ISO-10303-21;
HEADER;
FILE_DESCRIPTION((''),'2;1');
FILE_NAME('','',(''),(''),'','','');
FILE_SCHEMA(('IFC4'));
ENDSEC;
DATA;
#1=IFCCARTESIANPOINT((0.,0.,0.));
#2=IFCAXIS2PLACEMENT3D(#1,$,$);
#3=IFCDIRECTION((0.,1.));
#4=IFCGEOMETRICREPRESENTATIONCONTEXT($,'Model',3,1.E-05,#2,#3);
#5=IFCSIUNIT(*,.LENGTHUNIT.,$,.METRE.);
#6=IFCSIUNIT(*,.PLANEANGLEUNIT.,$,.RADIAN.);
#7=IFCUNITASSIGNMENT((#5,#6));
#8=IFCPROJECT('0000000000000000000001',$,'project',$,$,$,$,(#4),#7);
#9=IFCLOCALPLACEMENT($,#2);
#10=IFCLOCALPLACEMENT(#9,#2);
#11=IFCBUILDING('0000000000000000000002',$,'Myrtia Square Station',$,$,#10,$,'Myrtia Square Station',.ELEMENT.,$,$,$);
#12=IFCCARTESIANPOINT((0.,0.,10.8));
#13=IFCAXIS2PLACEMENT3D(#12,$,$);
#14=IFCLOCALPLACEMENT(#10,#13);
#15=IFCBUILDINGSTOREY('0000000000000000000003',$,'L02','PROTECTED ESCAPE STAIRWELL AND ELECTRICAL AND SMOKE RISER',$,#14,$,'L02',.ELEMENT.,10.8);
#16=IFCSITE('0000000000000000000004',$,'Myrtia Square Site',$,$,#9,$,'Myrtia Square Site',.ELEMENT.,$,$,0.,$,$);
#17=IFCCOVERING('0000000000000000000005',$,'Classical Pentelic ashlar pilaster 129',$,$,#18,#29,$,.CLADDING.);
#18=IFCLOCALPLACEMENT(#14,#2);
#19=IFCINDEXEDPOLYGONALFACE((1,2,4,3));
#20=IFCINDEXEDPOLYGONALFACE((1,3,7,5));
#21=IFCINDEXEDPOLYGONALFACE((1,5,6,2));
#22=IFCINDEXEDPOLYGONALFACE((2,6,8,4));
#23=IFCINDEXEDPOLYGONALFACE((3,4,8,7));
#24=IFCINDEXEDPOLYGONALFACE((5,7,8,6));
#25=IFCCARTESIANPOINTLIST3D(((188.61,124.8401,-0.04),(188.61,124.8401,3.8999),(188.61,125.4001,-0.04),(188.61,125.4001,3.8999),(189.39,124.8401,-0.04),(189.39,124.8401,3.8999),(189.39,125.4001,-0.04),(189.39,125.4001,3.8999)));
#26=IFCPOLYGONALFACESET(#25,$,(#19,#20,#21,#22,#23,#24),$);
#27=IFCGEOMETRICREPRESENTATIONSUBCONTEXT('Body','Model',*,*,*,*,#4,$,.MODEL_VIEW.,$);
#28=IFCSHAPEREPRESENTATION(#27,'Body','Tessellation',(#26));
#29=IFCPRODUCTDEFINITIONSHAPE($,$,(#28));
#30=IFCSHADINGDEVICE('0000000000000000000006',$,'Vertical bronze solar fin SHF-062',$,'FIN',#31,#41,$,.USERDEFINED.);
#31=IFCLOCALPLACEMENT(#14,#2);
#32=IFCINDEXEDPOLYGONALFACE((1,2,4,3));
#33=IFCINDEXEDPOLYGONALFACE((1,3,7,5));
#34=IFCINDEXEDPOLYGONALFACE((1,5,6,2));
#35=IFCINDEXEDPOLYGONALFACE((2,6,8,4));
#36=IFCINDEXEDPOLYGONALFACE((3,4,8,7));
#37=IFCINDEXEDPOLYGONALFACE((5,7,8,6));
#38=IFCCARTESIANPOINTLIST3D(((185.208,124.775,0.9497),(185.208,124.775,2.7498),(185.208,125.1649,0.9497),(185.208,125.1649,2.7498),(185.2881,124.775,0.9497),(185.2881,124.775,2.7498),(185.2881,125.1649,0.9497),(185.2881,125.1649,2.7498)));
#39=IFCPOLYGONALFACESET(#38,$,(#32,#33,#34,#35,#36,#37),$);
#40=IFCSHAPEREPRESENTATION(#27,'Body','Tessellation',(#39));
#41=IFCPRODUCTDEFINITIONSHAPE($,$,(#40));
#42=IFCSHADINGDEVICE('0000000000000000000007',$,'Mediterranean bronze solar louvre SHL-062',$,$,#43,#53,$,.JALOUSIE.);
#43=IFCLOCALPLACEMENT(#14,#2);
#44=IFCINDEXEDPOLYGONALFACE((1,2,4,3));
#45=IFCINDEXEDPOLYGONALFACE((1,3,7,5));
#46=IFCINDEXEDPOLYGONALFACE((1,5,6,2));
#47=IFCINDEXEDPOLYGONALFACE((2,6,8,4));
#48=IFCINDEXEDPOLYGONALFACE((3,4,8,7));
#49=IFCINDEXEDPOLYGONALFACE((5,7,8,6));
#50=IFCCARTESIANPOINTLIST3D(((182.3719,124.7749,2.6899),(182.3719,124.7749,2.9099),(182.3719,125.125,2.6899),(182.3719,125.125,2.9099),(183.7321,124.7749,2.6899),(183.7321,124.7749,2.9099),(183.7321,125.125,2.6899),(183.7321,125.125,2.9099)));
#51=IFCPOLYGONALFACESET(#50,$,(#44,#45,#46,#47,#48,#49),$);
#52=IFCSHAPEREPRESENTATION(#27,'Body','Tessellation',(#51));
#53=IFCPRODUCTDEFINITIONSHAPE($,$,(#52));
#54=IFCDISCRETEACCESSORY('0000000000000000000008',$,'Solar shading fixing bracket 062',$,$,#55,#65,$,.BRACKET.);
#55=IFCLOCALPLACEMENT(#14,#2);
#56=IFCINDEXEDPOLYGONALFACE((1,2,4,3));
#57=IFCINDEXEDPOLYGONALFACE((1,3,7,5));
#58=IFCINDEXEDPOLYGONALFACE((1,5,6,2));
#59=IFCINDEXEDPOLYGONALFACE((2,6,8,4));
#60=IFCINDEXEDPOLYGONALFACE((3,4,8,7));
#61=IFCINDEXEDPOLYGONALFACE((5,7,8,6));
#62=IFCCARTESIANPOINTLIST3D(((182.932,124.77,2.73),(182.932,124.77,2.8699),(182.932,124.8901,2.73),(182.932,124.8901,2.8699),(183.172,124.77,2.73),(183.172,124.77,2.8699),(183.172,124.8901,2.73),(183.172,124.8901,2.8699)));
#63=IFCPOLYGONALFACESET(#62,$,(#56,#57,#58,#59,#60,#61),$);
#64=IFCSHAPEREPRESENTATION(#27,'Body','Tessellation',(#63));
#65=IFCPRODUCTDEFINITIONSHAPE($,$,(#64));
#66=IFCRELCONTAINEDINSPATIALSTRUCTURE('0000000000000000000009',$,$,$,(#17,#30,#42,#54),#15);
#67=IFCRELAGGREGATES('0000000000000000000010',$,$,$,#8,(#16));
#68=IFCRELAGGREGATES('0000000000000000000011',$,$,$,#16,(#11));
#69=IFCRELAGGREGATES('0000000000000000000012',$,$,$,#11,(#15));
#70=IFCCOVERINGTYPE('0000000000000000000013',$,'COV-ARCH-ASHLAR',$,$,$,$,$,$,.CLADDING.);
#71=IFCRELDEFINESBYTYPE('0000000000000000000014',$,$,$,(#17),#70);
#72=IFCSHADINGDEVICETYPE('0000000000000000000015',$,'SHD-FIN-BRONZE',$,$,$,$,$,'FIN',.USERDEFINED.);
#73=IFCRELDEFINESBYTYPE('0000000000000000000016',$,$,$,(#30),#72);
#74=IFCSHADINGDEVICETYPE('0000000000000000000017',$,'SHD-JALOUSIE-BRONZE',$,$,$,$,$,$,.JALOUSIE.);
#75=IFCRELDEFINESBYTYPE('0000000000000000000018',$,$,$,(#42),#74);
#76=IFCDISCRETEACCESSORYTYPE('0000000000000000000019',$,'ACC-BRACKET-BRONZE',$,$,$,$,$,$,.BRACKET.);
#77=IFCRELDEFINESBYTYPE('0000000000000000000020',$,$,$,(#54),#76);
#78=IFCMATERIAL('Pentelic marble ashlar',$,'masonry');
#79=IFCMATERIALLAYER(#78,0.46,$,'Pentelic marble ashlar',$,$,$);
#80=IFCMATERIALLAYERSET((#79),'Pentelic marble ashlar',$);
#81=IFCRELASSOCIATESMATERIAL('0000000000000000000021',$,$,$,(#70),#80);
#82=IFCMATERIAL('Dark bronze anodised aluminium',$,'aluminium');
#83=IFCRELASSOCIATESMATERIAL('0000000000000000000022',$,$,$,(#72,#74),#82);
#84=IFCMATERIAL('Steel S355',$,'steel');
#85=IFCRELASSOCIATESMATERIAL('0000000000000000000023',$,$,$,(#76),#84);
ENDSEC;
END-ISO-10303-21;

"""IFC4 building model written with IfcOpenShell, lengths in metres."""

from ifc_helpers import new_model, si_unit, direction, frame, origin, origin_2d, place, context, subcontext, project, spatial, rectangle, extrude, material, layer, layer_set, type_object, element, save


model = new_model("IFC4")

# Units and contexts
model_context = context("Model", 3, precision=1e-05, world=origin(), true_north=direction((0.0, 1.0)))
body_context = subcontext(model_context, "Body", "Model", "MODEL_VIEW")
ifc_project = project(units=[si_unit("LENGTHUNIT", "METRE"), si_unit("PLANEANGLEUNIT", "RADIAN")], contexts=[model_context])

# Site, building, storey
site_placement = place(None, origin())
site = spatial("IfcSite", under=ifc_project, at=site_placement, Name="Myrtia Square Site", LongName="Myrtia Square Site", CompositionType="ELEMENT", RefElevation=0.0)
building_placement = place(site_placement, origin())
building = spatial("IfcBuilding", under=site, at=building_placement, Name="Myrtia Square Station", LongName="Myrtia Square Station", CompositionType="ELEMENT")
storey_placement = place(building_placement, frame((0.0, 0.0, 10.8)))
storey = spatial("IfcBuildingStorey", under=building, at=storey_placement, Name="L02", Description="PROTECTED ESCAPE STAIRWELL AND ELECTRICAL AND SMOKE RISER", LongName="L02", CompositionType="ELEMENT", Elevation=10.8)

# Shared definitions
ifc_material_1 = material(Name="Steel S355", Category="steel")

# Shared definitions
ifc_material_2 = material(Name="Dark bronze anodised aluminium", Category="aluminium")

# Covering
ifc_material_3 = material(Name="Pentelic marble ashlar", Category="masonry")
ifc_layer_1 = layer(ifc_material_3, 0.46, Name="Pentelic marble ashlar")
ifc_layer_set_1 = layer_set([ifc_layer_1], Name="Pentelic marble ashlar")
covering_type = type_object("IfcCoveringType", Name="COV-ARCH-ASHLAR", PredefinedType="CLADDING", material=ifc_layer_set_1)
covering_placement = place(storey_placement, frame((189.0, 125.1201, -0.04), z_axis=(0.0, 0.0, 1.0), x_axis=(1.0, 0.0, 0.0)))
element("IfcCovering", 1, at=covering_placement, inside=storey, type_object=covering_type, Name="Classical Pentelic ashlar pilaster 129", PredefinedType="CLADDING", context=body_context, shape_type="SweptSolid", body=[
    extrude(rectangle(XDim=0.78, YDim=0.5601, at=origin_2d()), origin(), (0.0, 0.0, 1.0), 3.9399),
])

# Shading devices
shading_device_type_1 = type_object("IfcShadingDeviceType", Name="SHD-FIN-BRONZE", ElementType="FIN", PredefinedType="USERDEFINED", material=ifc_material_2)
shading_device_1_placement = place(storey_placement, frame((185.248, 124.97, 0.9497), z_axis=(0.0, 0.0, 1.0), x_axis=(1.0, 0.0, 0.0)))
element("IfcShadingDevice", 2, at=shading_device_1_placement, inside=storey, type_object=shading_device_type_1, Name="Vertical bronze solar fin SHF-062", ObjectType="FIN", PredefinedType="USERDEFINED", context=body_context, shape_type="SweptSolid", body=[
    extrude(rectangle(XDim=0.0801, YDim=0.3899, at=origin_2d()), origin(), (0.0, 0.0, 1.0), 1.8),
])
shading_device_type_2 = type_object("IfcShadingDeviceType", Name="SHD-JALOUSIE-BRONZE", PredefinedType="JALOUSIE", material=ifc_material_2)
shading_device_2_placement = place(storey_placement, frame((183.052, 124.95, 2.6899), z_axis=(0.0, 0.0, 1.0), x_axis=(1.0, 0.0, 0.0)))
element("IfcShadingDevice", 3, at=shading_device_2_placement, inside=storey, type_object=shading_device_type_2, Name="Mediterranean bronze solar louvre SHL-062", PredefinedType="JALOUSIE", context=body_context, shape_type="SweptSolid", body=[
    extrude(rectangle(XDim=1.3601, YDim=0.3501, at=origin_2d()), origin(), (0.0, 0.0, 1.0), 0.22),
])

# Discrete accessory
discrete_accessory_type = type_object("IfcDiscreteAccessoryType", Name="ACC-BRACKET-BRONZE", PredefinedType="BRACKET", material=ifc_material_1)
discrete_accessory_placement = place(storey_placement, frame((183.052, 124.8301, 2.73), z_axis=(0.0, 0.0, 1.0), x_axis=(1.0, 0.0, 0.0)))
element("IfcDiscreteAccessory", 4, at=discrete_accessory_placement, inside=storey, type_object=discrete_accessory_type, Name="Solar shading fixing bracket 062", PredefinedType="BRACKET", context=body_context, shape_type="SweptSolid", body=[
    extrude(rectangle(XDim=0.24, YDim=0.1201, at=origin_2d()), origin(), (0.0, 0.0, 1.0), 0.1399),
])

save(model, "model.ifc")
